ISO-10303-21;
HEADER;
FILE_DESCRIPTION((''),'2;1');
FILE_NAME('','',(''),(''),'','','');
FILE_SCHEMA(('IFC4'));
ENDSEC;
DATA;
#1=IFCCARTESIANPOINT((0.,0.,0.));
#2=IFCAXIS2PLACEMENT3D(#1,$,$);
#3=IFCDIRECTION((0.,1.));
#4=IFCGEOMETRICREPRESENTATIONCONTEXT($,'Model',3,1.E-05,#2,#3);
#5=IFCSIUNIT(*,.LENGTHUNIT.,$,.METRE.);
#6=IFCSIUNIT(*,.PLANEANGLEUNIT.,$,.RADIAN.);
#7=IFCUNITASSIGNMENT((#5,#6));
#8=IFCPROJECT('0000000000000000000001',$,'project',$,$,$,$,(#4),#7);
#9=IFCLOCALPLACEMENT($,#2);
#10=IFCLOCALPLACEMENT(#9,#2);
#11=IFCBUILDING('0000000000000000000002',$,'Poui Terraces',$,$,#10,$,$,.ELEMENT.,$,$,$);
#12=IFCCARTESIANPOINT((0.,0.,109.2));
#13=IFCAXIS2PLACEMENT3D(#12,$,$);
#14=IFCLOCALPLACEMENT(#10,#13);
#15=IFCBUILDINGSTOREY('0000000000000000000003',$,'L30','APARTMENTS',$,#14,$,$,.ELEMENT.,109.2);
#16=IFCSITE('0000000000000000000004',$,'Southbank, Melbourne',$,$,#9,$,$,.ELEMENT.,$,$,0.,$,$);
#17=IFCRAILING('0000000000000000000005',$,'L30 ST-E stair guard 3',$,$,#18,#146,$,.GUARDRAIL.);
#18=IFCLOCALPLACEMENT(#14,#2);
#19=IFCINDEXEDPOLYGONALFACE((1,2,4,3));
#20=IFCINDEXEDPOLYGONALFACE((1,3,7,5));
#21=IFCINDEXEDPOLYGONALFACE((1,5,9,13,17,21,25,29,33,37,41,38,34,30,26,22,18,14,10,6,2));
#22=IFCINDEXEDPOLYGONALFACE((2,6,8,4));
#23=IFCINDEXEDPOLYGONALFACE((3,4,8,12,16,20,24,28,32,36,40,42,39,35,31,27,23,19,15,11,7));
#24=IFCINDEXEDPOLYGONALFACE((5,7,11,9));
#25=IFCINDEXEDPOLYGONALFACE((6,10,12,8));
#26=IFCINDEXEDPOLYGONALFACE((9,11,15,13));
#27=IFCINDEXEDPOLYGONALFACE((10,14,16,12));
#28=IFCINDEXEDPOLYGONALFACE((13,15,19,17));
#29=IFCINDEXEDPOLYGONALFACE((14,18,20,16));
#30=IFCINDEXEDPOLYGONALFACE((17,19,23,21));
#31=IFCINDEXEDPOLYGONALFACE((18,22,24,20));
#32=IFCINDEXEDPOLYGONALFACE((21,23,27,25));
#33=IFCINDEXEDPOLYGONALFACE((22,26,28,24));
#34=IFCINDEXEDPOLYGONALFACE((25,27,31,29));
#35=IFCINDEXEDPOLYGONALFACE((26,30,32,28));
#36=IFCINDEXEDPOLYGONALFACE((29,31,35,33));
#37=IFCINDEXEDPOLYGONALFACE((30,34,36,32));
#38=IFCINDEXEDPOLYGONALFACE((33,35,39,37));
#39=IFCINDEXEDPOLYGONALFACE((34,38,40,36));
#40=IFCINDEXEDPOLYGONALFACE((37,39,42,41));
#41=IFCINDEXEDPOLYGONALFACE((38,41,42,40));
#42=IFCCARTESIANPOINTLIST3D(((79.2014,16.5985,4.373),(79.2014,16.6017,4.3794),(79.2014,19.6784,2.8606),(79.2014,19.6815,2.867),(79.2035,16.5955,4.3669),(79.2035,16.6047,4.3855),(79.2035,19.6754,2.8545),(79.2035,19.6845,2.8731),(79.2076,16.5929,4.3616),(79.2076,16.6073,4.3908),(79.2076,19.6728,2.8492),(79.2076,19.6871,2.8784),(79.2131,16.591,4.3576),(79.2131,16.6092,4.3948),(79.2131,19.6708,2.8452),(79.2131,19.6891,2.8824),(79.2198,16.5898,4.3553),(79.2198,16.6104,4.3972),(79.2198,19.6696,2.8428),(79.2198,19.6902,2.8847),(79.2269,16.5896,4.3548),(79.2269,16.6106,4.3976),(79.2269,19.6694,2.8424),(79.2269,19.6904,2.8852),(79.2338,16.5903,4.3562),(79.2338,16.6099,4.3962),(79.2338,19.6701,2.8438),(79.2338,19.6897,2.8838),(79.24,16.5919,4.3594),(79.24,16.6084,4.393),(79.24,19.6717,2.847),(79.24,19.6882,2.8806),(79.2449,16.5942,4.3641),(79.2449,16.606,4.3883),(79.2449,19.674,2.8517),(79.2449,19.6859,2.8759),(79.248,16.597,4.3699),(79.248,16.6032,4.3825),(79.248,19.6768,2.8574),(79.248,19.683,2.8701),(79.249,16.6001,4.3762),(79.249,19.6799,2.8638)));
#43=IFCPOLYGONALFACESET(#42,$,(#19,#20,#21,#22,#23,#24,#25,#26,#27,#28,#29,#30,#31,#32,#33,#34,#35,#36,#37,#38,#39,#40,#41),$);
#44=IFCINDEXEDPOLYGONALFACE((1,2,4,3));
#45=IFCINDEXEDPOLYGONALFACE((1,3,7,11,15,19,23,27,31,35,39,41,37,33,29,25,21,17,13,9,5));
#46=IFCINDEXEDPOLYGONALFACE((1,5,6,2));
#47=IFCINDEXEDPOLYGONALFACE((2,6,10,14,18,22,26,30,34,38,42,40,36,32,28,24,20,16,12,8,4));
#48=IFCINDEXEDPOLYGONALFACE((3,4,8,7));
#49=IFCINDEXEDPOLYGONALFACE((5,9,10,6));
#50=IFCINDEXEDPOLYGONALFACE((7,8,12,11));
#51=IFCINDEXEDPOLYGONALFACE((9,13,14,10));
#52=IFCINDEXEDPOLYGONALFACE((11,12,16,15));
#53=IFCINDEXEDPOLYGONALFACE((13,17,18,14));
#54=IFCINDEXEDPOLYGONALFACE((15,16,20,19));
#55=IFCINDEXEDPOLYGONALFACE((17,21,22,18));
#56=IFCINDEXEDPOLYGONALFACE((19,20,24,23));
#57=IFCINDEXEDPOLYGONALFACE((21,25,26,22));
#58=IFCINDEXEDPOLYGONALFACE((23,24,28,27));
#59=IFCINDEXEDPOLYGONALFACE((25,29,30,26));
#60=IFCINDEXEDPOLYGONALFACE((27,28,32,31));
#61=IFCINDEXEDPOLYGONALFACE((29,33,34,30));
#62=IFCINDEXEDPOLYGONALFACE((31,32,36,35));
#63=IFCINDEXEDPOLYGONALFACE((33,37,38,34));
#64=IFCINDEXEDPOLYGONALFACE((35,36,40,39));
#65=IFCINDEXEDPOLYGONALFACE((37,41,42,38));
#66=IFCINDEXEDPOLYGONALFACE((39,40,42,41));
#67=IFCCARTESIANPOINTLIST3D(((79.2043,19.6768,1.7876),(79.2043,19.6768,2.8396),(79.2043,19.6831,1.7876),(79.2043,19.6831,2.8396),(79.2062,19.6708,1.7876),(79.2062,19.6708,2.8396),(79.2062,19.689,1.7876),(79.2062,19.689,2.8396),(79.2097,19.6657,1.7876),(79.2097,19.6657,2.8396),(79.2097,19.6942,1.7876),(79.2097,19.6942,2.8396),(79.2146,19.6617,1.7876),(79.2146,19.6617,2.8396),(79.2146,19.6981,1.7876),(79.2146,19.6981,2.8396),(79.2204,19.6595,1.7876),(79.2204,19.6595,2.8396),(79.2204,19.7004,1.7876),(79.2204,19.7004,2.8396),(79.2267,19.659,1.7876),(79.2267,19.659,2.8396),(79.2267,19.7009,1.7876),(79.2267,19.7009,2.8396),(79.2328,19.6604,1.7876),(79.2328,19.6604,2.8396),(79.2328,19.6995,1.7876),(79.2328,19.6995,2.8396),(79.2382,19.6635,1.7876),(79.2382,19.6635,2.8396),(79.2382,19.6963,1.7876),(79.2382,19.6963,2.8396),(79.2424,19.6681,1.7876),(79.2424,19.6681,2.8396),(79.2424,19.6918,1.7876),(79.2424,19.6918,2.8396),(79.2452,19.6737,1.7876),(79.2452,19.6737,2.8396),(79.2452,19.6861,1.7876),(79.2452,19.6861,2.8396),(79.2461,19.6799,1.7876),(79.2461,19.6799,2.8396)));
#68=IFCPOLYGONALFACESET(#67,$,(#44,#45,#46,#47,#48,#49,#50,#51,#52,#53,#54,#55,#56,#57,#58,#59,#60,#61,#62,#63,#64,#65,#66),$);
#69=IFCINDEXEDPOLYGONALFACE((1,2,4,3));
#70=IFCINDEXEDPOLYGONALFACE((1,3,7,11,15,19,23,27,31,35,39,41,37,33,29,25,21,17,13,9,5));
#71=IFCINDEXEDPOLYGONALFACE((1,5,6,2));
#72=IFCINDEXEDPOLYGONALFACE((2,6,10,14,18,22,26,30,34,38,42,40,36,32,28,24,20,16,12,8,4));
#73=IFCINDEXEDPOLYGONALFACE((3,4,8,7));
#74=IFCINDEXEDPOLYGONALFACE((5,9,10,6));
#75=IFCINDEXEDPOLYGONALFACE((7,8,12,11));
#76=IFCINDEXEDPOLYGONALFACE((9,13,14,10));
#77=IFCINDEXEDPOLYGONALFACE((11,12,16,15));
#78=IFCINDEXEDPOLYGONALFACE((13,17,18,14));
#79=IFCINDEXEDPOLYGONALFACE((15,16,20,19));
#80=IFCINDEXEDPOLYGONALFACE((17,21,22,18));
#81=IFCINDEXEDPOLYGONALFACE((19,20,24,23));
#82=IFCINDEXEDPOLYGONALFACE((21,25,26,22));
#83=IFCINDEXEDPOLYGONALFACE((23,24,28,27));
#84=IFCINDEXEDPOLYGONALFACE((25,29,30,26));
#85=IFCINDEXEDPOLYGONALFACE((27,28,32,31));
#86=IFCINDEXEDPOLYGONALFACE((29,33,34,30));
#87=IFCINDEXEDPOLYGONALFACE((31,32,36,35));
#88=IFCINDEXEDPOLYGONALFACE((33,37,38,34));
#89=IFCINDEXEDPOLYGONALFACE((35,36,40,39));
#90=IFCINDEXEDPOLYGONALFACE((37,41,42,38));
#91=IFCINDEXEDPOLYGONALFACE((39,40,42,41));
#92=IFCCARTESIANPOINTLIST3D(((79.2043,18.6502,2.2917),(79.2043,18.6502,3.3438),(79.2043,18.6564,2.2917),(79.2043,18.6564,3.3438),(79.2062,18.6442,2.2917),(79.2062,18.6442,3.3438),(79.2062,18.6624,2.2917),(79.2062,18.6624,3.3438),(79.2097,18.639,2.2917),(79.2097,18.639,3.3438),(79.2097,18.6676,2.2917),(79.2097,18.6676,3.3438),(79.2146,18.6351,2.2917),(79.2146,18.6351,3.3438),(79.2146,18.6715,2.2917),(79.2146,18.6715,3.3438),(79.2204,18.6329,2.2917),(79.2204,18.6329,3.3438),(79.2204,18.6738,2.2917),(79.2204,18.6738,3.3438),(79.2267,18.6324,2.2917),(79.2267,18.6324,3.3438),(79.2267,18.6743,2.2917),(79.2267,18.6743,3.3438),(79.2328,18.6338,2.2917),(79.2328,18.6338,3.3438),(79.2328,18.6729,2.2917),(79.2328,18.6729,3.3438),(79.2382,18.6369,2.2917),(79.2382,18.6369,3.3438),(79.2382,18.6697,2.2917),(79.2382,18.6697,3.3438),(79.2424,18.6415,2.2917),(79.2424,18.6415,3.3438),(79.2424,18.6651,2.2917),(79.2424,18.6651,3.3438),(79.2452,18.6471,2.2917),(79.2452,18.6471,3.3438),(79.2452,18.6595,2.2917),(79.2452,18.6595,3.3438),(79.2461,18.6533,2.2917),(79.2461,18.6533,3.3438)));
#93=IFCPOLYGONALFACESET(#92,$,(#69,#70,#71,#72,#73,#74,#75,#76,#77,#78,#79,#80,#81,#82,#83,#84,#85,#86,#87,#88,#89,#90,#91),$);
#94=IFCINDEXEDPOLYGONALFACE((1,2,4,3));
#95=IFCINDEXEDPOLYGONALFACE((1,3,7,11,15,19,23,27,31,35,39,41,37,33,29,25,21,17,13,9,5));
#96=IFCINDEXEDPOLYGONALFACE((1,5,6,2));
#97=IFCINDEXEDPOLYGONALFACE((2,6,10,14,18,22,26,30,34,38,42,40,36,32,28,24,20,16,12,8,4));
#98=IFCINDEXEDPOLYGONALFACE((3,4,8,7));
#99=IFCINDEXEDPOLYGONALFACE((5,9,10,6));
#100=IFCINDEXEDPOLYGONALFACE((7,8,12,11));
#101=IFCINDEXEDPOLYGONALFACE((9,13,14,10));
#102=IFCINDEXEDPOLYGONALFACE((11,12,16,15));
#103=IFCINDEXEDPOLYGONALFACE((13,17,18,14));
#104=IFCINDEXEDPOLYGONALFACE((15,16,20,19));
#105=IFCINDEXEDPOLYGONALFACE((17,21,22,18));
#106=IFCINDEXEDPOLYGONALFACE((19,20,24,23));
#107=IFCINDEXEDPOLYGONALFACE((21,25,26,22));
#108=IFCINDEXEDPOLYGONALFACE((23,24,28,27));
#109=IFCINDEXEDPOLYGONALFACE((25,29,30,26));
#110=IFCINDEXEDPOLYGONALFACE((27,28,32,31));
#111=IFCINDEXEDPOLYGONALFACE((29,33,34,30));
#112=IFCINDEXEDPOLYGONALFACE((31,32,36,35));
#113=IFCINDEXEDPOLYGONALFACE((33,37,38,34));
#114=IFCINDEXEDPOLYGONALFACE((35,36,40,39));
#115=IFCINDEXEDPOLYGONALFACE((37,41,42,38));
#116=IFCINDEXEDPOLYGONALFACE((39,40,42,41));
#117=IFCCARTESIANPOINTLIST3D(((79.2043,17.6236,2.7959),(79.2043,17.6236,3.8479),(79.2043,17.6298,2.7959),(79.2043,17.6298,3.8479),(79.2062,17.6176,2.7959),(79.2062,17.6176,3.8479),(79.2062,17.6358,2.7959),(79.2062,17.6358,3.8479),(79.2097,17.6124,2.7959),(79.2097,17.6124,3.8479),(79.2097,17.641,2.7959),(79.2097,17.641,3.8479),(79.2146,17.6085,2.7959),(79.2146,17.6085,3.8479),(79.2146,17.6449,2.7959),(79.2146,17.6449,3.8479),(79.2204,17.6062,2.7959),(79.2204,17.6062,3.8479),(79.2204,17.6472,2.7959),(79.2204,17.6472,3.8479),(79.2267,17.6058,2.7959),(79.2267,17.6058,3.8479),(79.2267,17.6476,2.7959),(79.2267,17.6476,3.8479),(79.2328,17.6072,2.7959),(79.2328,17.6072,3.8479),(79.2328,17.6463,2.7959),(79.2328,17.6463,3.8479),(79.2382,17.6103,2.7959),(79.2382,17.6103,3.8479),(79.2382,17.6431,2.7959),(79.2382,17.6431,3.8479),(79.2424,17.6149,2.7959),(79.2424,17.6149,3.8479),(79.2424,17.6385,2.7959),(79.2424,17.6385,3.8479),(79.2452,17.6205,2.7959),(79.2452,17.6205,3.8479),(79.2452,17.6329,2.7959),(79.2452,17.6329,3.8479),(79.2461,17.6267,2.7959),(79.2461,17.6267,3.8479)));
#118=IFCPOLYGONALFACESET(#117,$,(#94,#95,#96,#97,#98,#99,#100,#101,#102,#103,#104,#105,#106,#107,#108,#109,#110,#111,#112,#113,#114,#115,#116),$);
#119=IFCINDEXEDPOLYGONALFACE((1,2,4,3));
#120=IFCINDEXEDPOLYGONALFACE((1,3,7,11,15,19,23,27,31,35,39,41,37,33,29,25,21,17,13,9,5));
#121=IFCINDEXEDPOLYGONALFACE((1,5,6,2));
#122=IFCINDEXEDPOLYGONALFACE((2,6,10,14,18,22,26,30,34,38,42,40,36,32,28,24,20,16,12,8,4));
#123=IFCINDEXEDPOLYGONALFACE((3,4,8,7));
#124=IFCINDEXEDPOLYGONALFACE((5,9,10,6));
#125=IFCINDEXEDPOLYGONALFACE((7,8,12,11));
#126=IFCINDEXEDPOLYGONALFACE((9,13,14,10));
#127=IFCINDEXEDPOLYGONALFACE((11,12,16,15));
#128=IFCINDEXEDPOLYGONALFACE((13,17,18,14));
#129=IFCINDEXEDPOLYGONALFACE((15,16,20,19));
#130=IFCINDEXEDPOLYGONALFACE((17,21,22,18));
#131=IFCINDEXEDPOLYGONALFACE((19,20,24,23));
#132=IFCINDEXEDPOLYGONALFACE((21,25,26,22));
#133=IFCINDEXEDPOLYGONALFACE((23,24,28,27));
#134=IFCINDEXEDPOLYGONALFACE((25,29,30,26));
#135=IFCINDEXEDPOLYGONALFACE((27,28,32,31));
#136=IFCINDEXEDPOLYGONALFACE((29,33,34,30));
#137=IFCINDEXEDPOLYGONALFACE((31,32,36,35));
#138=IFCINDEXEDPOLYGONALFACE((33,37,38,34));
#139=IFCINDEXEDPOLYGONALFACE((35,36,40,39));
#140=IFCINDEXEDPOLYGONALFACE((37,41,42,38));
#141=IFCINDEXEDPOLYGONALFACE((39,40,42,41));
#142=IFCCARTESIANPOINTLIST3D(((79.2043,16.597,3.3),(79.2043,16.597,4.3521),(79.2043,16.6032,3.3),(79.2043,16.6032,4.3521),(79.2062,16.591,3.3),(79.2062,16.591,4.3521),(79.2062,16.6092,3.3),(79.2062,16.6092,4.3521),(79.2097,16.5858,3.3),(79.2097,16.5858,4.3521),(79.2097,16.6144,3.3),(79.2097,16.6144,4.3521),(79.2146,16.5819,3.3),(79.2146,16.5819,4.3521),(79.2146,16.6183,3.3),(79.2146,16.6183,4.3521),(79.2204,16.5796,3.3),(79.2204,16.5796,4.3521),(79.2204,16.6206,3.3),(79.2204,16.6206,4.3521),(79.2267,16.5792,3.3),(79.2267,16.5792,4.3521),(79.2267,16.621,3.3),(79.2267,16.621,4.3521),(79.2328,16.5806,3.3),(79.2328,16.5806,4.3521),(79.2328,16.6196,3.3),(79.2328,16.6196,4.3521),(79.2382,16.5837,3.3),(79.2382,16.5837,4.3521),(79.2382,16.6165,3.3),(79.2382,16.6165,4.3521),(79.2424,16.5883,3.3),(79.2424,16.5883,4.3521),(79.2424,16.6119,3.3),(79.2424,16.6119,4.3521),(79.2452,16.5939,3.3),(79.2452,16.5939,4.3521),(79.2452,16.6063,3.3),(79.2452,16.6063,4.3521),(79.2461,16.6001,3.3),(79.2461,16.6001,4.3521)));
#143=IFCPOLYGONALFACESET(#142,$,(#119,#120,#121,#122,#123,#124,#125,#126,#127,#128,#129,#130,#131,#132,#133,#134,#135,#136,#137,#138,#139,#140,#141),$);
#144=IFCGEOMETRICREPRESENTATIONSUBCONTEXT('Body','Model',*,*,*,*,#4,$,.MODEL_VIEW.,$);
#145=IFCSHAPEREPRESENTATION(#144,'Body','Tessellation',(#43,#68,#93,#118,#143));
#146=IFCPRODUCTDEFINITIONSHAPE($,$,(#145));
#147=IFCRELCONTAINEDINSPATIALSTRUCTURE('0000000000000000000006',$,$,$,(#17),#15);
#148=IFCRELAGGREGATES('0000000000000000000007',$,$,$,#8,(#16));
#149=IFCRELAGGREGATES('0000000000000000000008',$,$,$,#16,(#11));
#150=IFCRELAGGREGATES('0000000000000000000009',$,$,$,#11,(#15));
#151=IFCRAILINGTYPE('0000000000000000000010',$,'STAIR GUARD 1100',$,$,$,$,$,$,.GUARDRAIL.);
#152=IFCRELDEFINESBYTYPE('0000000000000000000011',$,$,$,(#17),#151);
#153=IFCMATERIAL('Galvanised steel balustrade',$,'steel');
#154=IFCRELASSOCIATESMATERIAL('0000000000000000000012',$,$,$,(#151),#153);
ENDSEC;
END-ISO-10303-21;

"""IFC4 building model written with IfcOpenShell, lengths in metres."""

from ifc_helpers import new_model, si_unit, direction, frame, origin, origin_2d, place, context, subcontext, project, spatial, circle, extrude, material, type_object, element, save


model = new_model("IFC4")

# Units and contexts
model_context = context("Model", 3, precision=1e-05, world=origin(), true_north=direction((0.0, 1.0)))
body_context = subcontext(model_context, "Body", "Model", "MODEL_VIEW")
ifc_project = project(units=[si_unit("LENGTHUNIT", "METRE"), si_unit("PLANEANGLEUNIT", "RADIAN")], contexts=[model_context])

# Site, building, storey
site_placement = place(None, origin())
site = spatial("IfcSite", under=ifc_project, at=site_placement, Name="Southbank, Melbourne", CompositionType="ELEMENT", RefElevation=0.0)
building_placement = place(site_placement, origin())
building = spatial("IfcBuilding", under=site, at=building_placement, Name="Poui Terraces", CompositionType="ELEMENT")
storey_placement = place(building_placement, frame((0.0, 0.0, 109.2)))
storey = spatial("IfcBuildingStorey", under=building, at=storey_placement, Name="L30", Description="APARTMENTS", CompositionType="ELEMENT", Elevation=109.2)

# Railing
ifc_material_1 = material(Name="Galvanised steel balustrade", Category="steel")
railing_type = type_object("IfcRailingType", Name="STAIR GUARD 1100", PredefinedType="GUARDRAIL", material=ifc_material_1)
railing_placement = place(storey_placement, frame((79.2251, 19.6799, 1.7876)))
element("IfcRailing", 1, at=railing_placement, inside=storey, type_object=railing_type, Name="L30 ST-E stair guard 3", PredefinedType="GUARDRAIL", context=body_context, shape_type="SweptSolid", body=[
    extrude(circle(Radius=0.0239, at=origin_2d()), frame((0.0, 0.0, 1.0762), z_axis=(0.0, -0.897606, 0.440798), x_axis=(1.0, 0.0, 0.0)), (0.0, 0.0, 1.0), 3.4312),
    extrude(circle(Radius=0.021, at=origin_2d()), origin(), (0.0, 0.0, 1.0), 1.052),
    extrude(circle(Radius=0.021, at=origin_2d()), frame((0.0, -1.0266, 0.5042)), (0.0, 0.0, 1.0), 1.052),
    extrude(circle(Radius=0.021, at=origin_2d()), frame((0.0, -2.0532, 1.0083)), (0.0, 0.0, 1.0), 1.052),
    extrude(circle(Radius=0.021, at=origin_2d()), frame((0.0, -3.0798, 1.5125)), (0.0, 0.0, 1.0), 1.052),
])

save(model, "model.ifc")
